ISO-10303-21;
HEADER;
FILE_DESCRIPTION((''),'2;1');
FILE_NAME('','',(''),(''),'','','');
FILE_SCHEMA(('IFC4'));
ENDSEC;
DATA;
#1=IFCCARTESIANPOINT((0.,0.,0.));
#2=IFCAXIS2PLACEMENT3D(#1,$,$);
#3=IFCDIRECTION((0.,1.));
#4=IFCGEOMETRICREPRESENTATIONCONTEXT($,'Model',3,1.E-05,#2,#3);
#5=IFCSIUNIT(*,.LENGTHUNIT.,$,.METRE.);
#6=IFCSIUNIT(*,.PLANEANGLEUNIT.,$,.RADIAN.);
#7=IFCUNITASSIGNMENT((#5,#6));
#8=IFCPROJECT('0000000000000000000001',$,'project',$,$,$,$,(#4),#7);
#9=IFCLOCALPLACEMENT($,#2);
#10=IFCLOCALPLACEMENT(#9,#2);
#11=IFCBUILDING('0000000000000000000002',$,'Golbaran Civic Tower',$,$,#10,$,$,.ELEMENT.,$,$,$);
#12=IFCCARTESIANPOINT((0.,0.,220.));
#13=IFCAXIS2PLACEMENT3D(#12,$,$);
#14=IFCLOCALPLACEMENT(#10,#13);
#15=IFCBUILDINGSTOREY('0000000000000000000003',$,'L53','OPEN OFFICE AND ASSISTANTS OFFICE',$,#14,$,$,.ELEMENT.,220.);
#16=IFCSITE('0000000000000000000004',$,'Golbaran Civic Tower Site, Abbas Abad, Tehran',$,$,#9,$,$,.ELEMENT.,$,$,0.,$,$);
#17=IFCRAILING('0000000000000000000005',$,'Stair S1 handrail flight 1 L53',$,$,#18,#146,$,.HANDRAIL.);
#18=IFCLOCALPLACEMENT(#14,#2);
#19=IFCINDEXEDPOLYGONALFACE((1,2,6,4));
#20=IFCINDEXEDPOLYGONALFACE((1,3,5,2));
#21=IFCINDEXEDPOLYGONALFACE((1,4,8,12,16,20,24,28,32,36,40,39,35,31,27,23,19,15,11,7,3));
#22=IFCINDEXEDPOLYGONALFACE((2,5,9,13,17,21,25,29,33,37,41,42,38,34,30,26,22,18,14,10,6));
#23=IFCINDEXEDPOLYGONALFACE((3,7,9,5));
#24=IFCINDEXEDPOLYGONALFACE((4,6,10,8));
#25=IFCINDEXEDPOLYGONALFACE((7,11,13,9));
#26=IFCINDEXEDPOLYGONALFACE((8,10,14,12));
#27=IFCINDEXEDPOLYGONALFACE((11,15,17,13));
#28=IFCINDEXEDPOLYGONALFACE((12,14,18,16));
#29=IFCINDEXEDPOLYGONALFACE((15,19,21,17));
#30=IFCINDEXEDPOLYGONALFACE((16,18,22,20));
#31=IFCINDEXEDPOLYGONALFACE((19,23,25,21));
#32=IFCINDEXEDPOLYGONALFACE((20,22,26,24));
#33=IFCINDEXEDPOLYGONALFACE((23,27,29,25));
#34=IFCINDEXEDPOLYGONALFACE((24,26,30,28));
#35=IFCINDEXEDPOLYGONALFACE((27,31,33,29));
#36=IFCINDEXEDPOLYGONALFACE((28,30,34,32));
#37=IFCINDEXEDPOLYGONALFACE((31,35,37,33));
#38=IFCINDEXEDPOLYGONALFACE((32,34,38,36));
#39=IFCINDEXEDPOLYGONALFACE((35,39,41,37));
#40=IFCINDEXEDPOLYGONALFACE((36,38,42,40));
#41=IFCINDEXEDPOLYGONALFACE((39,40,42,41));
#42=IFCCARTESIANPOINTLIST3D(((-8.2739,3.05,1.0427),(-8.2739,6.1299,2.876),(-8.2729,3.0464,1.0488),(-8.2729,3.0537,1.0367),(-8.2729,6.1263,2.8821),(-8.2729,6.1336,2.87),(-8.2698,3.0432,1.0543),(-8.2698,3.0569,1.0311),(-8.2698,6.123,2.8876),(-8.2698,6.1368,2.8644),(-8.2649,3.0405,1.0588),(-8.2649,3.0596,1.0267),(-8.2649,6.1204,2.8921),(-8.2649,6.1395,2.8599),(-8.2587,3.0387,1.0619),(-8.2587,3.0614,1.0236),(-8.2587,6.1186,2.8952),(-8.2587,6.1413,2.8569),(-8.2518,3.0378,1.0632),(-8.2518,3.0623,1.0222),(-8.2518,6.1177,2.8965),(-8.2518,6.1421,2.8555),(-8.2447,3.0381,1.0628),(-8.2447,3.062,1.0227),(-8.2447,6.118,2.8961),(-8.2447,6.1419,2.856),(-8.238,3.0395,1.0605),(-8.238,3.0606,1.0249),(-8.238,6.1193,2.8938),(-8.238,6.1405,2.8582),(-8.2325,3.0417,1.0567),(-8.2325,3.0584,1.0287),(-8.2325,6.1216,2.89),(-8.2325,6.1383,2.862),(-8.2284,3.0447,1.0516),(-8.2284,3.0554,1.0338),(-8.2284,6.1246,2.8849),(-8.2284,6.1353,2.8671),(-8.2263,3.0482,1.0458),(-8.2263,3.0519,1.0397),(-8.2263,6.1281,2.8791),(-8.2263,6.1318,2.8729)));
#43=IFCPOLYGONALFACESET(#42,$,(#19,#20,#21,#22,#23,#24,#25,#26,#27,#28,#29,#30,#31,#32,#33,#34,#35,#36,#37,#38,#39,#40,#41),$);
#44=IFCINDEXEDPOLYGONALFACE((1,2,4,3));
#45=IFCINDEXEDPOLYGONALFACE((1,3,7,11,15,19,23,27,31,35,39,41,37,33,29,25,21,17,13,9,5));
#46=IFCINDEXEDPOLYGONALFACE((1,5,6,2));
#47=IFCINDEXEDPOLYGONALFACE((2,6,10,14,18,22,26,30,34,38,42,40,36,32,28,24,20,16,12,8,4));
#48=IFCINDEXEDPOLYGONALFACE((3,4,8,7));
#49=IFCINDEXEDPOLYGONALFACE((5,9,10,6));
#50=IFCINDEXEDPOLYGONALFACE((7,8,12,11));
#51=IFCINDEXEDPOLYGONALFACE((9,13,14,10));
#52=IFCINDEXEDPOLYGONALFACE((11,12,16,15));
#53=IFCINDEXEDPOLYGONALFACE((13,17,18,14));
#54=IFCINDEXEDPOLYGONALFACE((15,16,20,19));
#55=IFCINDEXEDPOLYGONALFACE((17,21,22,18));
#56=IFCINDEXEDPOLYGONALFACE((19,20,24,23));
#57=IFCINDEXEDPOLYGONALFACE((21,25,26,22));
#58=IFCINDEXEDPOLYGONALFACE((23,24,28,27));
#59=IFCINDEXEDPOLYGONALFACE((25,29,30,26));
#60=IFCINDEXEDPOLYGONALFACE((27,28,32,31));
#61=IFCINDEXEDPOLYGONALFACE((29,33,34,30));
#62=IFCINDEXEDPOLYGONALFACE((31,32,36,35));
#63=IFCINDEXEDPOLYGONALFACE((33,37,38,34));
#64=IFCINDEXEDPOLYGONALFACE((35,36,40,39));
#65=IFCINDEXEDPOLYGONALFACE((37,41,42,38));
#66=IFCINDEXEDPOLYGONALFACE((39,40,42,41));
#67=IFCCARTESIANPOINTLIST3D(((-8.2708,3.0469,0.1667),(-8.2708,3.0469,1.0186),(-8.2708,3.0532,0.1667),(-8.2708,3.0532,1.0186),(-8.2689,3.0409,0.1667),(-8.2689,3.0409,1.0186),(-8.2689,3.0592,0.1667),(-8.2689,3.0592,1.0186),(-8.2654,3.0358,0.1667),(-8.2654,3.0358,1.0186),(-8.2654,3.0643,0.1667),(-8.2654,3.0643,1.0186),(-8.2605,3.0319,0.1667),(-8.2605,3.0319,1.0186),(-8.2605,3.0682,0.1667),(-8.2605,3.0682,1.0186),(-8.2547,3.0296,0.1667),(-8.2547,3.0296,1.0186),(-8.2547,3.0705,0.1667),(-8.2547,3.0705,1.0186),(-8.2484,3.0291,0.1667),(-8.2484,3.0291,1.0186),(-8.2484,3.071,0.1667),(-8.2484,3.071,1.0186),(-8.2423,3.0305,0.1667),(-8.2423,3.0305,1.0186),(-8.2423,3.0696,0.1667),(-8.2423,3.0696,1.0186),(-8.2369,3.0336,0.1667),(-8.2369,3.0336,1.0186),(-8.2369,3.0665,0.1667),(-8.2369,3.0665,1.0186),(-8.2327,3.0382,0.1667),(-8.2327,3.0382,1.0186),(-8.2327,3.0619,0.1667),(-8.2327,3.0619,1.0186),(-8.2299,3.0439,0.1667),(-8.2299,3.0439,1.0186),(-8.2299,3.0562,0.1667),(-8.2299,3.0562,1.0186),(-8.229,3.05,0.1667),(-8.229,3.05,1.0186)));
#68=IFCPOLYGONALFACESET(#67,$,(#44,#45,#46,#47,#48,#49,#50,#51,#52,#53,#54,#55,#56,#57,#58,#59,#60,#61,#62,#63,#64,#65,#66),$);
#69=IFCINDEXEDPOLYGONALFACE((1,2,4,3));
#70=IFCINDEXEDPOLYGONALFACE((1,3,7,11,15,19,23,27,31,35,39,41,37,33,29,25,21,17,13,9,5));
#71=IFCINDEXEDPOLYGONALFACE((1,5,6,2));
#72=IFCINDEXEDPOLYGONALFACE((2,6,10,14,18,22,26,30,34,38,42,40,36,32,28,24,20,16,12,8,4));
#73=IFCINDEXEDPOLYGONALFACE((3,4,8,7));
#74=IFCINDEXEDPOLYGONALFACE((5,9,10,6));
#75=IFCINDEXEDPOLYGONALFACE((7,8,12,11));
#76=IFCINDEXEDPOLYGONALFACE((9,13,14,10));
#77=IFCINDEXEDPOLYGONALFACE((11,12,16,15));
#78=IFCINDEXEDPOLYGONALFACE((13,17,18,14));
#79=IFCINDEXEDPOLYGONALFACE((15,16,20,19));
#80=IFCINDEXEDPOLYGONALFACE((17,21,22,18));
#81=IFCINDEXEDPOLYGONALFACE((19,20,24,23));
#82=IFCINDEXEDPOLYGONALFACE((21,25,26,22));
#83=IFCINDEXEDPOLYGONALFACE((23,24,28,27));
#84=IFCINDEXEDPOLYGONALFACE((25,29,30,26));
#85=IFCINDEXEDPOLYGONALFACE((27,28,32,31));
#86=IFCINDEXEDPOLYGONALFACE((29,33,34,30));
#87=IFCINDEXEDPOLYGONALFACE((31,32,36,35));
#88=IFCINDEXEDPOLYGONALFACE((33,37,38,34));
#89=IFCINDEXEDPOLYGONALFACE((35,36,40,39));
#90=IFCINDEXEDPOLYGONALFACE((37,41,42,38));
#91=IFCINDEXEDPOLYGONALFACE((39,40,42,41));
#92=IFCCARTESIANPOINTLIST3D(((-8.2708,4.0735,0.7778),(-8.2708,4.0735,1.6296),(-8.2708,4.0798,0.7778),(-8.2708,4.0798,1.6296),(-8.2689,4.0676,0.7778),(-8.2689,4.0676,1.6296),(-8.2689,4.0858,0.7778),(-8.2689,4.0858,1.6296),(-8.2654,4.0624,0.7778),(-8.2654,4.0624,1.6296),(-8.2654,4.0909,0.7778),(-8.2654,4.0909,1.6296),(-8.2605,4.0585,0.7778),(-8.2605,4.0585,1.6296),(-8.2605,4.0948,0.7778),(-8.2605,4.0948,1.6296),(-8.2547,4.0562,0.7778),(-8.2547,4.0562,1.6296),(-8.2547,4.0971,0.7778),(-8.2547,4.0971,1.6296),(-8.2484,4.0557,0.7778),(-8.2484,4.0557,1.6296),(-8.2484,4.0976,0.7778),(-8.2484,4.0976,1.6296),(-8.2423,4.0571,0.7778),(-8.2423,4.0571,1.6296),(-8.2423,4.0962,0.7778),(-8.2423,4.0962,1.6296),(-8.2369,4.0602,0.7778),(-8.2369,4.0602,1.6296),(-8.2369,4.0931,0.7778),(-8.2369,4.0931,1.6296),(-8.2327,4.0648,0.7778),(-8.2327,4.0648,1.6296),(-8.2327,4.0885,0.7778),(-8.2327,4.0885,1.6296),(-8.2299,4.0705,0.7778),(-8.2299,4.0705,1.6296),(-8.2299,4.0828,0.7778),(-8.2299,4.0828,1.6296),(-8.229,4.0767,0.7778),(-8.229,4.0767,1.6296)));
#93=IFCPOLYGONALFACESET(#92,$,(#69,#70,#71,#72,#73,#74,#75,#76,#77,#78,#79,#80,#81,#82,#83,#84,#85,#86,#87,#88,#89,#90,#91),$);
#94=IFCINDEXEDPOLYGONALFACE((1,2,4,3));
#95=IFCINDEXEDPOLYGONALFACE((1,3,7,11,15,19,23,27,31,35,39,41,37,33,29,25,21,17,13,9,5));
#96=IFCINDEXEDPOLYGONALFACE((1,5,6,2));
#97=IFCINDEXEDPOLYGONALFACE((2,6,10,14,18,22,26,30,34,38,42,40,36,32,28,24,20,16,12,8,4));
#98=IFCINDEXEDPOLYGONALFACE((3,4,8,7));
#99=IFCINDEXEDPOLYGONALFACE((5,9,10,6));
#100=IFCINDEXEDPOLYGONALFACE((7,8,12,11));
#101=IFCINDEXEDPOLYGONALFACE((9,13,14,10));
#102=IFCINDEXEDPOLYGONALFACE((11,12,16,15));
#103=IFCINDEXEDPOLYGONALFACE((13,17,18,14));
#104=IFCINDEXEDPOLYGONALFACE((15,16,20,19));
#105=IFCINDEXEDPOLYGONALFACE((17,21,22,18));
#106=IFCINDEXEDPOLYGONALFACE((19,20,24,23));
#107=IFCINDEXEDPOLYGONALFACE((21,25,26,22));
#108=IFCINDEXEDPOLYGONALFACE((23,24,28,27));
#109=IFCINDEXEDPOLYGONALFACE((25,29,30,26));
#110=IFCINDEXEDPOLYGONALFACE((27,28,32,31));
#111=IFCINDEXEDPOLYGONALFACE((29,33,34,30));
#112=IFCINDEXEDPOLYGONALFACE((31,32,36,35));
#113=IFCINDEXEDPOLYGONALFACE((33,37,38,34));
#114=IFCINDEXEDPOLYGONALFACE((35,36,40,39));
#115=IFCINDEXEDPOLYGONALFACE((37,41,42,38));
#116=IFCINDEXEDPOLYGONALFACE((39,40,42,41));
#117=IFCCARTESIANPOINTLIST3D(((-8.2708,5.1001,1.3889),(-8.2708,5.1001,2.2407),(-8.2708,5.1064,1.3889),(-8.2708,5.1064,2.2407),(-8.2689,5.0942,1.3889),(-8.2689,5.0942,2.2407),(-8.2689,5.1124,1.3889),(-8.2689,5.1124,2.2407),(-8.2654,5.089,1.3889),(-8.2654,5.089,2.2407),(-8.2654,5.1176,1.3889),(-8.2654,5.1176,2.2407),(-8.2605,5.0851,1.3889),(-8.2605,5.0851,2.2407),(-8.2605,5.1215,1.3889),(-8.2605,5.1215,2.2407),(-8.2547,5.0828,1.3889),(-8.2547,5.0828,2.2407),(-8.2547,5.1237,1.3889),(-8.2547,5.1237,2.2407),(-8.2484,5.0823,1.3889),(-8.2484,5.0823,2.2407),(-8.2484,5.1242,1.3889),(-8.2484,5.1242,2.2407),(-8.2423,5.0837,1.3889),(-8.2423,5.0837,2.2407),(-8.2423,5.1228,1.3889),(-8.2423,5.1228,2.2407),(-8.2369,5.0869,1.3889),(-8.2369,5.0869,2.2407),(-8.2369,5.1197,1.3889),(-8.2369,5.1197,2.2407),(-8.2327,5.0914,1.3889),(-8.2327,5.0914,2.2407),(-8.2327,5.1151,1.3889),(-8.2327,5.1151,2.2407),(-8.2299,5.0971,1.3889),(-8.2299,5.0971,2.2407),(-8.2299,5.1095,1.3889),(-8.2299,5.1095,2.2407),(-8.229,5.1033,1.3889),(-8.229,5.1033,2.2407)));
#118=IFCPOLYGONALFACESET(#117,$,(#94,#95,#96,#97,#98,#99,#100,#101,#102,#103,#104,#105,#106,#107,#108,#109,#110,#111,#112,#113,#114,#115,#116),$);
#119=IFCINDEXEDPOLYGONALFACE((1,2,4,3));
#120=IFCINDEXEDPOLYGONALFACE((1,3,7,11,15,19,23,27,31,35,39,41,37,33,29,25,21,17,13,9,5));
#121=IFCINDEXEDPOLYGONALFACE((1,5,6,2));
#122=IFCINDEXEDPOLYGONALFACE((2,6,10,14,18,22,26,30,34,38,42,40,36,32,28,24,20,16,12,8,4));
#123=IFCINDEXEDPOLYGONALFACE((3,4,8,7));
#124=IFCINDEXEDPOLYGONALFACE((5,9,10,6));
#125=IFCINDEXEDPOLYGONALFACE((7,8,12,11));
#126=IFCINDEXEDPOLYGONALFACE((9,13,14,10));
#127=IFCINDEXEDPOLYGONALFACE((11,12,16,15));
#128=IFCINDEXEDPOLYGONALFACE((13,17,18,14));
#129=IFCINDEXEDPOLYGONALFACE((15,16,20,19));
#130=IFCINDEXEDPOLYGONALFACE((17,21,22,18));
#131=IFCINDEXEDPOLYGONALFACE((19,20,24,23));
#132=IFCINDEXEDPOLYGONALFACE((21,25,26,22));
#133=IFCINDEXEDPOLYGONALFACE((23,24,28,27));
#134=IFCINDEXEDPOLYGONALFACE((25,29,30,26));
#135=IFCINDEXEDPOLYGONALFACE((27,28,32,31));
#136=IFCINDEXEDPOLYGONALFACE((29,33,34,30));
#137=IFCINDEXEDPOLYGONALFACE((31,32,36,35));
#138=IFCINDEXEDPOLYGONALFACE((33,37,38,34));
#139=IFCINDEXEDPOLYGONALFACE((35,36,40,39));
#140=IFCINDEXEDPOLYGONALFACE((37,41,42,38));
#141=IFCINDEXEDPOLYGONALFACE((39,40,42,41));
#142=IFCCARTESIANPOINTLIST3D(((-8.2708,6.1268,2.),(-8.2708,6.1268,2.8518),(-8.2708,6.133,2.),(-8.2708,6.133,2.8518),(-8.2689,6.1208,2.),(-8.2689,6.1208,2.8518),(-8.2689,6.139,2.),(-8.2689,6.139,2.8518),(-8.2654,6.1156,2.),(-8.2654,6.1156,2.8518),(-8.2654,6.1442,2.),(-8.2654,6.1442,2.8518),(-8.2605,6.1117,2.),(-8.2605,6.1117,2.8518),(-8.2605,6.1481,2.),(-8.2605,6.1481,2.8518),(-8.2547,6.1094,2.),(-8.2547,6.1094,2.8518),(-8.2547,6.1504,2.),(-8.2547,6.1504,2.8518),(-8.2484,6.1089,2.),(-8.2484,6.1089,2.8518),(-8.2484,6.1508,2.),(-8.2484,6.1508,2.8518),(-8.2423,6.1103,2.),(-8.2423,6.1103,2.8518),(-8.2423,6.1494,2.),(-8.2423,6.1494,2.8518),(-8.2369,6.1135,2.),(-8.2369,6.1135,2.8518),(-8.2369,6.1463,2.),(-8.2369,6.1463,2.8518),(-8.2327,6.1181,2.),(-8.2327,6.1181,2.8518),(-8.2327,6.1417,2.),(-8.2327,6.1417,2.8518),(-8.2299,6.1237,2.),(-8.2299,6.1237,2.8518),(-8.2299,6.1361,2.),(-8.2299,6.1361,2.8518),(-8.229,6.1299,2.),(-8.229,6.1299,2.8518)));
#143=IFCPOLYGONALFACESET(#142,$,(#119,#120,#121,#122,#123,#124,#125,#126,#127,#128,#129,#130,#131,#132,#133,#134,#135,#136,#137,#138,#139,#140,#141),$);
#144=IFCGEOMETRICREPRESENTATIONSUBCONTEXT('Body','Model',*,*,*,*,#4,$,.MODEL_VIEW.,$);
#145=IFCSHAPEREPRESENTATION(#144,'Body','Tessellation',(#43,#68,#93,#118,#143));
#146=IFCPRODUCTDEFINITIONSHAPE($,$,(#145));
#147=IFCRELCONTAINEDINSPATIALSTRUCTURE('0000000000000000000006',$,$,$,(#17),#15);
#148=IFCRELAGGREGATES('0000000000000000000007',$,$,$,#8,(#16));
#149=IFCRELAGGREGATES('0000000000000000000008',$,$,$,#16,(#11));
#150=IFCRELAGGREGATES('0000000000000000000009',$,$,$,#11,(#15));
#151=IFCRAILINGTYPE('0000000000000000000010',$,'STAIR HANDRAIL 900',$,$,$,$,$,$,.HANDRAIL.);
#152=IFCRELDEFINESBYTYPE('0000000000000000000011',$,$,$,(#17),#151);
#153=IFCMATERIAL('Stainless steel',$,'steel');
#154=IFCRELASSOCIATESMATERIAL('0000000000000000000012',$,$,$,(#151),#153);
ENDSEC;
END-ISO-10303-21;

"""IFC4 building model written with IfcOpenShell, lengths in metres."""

from ifc_helpers import new_model, si_unit, direction, frame, origin, origin_2d, place, context, subcontext, project, spatial, circle, extrude, material, type_object, element, save


model = new_model("IFC4")

# Units and contexts
model_context = context("Model", 3, precision=1e-05, world=origin(), true_north=direction((0.0, 1.0)))
body_context = subcontext(model_context, "Body", "Model", "MODEL_VIEW")
ifc_project = project(units=[si_unit("LENGTHUNIT", "METRE"), si_unit("PLANEANGLEUNIT", "RADIAN")], contexts=[model_context])

# Site, building, storey
site_placement = place(None, origin())
site = spatial("IfcSite", under=ifc_project, at=site_placement, Name="Golbaran Civic Tower Site, Abbas Abad, Tehran", CompositionType="ELEMENT", RefElevation=0.0)
building_placement = place(site_placement, origin())
building = spatial("IfcBuilding", under=site, at=building_placement, Name="Golbaran Civic Tower", CompositionType="ELEMENT")
storey_placement = place(building_placement, frame((0.0, 0.0, 220.0)))
storey = spatial("IfcBuildingStorey", under=building, at=storey_placement, Name="L53", Description="OPEN OFFICE AND ASSISTANTS OFFICE", CompositionType="ELEMENT", Elevation=220.0)

# Shared definitions
ifc_material_1 = material(Name="Stainless steel", Category="steel")

# Railing
railing_type = type_object("IfcRailingType", Name="STAIR HANDRAIL 900", PredefinedType="HANDRAIL", material=ifc_material_1)
railing_1_placement = place(storey_placement, frame((-8.25, 3.05, 0.1667)))
element("IfcRailing", 1, at=railing_1_placement, inside=storey, type_object=railing_type, Name="Stair S1 handrail flight 1 L53", PredefinedType="HANDRAIL", context=body_context, shape_type="SweptSolid", body=[
    extrude(circle(Radius=0.0239, at=origin_2d()), frame((0.0, 0.0, 0.876), z_axis=(0.0, 0.859291, 0.511487), x_axis=(-1.0, 0.0, 0.0)), (0.0, 0.0, 1.0), 3.5842),
    extrude(circle(Radius=0.021, at=origin_2d()), origin(), (0.0, 0.0, 1.0), 0.8518),
    extrude(circle(Radius=0.021, at=origin_2d()), frame((0.0, 1.0266, 0.6111)), (0.0, 0.0, 1.0), 0.8518),
    extrude(circle(Radius=0.021, at=origin_2d()), frame((0.0, 2.0532, 1.2222)), (0.0, 0.0, 1.0), 0.8518),
    extrude(circle(Radius=0.021, at=origin_2d()), frame((0.0, 3.0798, 1.8333)), (0.0, 0.0, 1.0), 0.8518),
])

save(model, "model.ifc")
